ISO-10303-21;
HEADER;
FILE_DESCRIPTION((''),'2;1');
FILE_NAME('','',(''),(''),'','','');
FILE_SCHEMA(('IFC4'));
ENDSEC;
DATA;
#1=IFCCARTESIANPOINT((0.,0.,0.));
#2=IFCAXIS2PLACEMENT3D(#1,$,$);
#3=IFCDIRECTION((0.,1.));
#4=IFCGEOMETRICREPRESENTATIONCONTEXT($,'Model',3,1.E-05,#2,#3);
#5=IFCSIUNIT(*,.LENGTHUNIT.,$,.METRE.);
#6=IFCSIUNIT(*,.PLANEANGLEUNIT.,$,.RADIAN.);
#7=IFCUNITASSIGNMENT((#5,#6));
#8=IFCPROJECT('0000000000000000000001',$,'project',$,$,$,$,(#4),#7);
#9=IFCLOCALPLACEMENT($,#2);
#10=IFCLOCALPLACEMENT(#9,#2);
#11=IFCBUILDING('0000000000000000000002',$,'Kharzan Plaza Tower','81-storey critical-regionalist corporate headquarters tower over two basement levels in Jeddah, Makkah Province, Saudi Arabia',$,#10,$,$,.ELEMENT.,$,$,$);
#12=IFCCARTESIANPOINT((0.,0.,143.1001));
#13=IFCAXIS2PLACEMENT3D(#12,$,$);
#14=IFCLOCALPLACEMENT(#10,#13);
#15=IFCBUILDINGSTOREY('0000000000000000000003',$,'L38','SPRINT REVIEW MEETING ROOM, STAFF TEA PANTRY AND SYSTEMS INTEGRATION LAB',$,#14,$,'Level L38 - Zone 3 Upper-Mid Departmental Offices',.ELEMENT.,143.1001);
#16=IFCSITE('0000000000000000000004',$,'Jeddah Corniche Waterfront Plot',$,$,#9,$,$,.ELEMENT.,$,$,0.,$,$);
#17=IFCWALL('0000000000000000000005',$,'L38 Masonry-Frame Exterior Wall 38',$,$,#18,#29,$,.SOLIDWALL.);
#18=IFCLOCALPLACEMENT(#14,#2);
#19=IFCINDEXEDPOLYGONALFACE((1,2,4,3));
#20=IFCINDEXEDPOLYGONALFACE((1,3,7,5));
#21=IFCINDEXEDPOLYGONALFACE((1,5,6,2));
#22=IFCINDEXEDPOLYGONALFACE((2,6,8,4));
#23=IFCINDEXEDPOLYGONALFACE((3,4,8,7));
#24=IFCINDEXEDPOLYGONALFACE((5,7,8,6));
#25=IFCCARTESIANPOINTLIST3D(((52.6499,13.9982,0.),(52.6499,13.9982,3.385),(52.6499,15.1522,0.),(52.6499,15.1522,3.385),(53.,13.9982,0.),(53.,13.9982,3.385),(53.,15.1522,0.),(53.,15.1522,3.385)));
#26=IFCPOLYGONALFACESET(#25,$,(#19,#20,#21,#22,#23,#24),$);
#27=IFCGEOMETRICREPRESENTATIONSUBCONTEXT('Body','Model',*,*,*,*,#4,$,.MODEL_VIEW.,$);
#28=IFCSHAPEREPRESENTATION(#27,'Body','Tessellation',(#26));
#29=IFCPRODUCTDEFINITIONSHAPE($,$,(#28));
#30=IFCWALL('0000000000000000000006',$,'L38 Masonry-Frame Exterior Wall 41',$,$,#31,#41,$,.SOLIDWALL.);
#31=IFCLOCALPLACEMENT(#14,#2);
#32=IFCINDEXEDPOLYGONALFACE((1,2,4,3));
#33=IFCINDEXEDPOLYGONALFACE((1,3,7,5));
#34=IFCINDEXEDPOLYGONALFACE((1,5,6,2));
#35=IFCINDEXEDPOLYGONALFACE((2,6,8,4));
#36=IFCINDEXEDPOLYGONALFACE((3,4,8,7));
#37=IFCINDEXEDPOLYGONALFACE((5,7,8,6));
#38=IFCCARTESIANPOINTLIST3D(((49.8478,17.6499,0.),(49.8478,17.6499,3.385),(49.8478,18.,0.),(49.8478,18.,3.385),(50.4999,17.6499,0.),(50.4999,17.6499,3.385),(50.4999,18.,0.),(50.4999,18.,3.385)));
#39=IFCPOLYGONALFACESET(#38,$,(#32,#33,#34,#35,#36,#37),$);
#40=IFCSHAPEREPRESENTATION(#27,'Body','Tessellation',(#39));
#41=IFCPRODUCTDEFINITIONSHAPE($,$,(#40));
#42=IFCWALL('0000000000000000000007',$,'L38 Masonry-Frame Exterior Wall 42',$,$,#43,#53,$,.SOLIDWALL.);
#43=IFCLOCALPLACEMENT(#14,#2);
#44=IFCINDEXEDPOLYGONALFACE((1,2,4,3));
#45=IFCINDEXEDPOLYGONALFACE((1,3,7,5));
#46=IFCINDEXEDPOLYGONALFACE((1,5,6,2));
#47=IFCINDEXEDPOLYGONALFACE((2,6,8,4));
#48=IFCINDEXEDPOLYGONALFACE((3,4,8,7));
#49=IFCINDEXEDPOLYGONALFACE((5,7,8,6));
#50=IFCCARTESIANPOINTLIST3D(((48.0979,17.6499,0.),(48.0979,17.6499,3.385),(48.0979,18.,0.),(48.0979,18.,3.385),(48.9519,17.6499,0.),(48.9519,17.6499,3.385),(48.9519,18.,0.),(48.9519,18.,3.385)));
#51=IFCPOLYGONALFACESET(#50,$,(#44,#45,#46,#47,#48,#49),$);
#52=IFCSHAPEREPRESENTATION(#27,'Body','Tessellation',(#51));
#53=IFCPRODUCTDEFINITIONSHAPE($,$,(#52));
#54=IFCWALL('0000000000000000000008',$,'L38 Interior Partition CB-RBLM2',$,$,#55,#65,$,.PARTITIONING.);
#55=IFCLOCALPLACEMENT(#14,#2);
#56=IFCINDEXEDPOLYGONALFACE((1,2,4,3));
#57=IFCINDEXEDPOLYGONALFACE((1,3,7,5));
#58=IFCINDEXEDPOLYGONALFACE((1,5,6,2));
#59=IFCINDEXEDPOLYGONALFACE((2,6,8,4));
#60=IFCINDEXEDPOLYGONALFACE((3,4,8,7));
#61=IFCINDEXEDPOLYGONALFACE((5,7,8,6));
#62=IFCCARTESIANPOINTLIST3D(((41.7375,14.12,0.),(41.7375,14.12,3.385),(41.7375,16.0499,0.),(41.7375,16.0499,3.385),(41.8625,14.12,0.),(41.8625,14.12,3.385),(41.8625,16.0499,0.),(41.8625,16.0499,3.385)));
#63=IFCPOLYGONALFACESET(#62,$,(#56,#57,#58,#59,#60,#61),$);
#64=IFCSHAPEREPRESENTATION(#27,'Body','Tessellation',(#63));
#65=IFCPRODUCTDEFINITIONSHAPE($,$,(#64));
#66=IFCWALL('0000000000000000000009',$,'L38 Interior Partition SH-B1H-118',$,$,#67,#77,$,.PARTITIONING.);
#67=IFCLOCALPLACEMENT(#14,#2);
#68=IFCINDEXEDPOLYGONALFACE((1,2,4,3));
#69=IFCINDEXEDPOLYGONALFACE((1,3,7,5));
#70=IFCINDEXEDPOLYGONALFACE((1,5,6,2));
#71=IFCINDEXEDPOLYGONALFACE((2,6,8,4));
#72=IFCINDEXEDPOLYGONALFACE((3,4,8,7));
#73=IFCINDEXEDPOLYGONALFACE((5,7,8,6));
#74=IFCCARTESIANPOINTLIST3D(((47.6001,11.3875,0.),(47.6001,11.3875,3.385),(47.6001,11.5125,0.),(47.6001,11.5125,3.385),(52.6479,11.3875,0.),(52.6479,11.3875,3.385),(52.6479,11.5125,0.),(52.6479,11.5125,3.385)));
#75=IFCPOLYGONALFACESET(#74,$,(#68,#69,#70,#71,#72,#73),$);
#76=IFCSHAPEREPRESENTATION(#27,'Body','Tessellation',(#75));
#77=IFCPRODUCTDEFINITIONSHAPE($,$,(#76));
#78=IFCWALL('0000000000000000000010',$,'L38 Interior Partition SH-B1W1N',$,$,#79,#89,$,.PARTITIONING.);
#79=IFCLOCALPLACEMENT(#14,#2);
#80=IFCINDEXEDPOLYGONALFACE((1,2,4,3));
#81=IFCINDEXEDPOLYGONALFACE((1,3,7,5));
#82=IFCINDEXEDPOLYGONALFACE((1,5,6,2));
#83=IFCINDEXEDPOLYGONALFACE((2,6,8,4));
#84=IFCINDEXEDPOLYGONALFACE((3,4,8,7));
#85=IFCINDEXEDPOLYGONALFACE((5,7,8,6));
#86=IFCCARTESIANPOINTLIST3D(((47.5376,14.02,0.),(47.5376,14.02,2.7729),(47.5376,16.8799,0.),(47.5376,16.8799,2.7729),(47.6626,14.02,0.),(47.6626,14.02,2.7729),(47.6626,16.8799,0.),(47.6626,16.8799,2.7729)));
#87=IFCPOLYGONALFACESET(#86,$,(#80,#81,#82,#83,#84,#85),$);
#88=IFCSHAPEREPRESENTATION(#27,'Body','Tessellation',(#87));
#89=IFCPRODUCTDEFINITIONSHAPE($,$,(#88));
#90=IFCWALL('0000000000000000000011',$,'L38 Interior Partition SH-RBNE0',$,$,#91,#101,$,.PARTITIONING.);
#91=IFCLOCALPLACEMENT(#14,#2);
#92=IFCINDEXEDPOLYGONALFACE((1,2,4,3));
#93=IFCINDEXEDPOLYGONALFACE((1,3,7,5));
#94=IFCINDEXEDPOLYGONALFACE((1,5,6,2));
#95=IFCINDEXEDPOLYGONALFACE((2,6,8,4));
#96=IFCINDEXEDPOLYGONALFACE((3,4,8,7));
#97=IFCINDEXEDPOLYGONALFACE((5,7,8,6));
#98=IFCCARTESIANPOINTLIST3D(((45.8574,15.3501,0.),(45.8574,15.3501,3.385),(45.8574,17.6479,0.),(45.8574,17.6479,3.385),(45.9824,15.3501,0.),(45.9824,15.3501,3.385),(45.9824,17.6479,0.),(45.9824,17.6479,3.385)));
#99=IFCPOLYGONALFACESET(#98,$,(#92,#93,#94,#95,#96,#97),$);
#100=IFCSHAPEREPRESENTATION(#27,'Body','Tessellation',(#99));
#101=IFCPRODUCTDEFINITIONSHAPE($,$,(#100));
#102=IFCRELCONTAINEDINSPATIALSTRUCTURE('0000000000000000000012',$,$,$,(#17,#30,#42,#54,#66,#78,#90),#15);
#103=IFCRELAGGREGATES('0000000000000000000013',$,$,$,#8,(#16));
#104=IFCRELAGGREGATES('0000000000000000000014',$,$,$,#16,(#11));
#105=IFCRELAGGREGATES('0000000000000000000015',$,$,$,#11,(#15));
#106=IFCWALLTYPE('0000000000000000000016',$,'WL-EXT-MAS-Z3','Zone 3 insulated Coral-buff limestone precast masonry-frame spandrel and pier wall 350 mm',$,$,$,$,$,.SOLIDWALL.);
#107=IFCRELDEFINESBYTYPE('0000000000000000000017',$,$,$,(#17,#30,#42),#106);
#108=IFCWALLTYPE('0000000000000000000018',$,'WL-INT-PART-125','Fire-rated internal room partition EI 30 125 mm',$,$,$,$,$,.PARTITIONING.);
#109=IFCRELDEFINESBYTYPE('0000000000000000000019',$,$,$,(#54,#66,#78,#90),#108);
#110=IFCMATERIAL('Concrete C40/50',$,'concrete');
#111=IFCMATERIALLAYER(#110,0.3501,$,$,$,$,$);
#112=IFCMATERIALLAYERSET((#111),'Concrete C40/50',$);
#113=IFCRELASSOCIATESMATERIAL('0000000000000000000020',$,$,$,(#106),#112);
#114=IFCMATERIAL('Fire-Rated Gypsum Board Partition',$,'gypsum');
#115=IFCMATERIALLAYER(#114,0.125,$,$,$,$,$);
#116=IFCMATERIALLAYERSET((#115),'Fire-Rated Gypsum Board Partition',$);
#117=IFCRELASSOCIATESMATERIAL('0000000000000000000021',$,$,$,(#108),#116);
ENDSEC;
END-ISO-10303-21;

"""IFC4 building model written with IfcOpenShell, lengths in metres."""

from ifc_helpers import new_model, si_unit, direction, frame, frame_2d, origin, place, context, subcontext, project, spatial, rectangle, extrude, source, transform, mapped, material, layer, layer_set, type_object, element, save


model = new_model("IFC4")

# Units and contexts
model_context = context("Model", 3, precision=1e-05, world=origin(), true_north=direction((0.0, 1.0)))
body_context = subcontext(model_context, "Body", "Model", "MODEL_VIEW")
ifc_project = project(units=[si_unit("LENGTHUNIT", "METRE"), si_unit("PLANEANGLEUNIT", "RADIAN")], contexts=[model_context])

# Site, building, storey
site_placement = place(None, origin())
site = spatial("IfcSite", under=ifc_project, at=site_placement, Name="Jeddah Corniche Waterfront Plot", CompositionType="ELEMENT", RefElevation=0.0)
building_placement = place(site_placement, origin())
building = spatial("IfcBuilding", under=site, at=building_placement, Name="Kharzan Plaza Tower", Description="81-storey critical-regionalist corporate headquarters tower over two basement levels in Jeddah, Makkah Province, Saudi Arabia", CompositionType="ELEMENT")
storey_placement = place(building_placement, frame((0.0, 0.0, 143.1001)))
storey = spatial("IfcBuildingStorey", under=building, at=storey_placement, Name="L38", Description="SPRINT REVIEW MEETING ROOM, STAFF TEA PANTRY AND SYSTEMS INTEGRATION LAB", LongName="Level L38 - Zone 3 Upper-Mid Departmental Offices", CompositionType="ELEMENT", Elevation=143.1001)

# Shared definitions
ifc_material_1 = material(Name="Concrete C40/50", Category="concrete")
ifc_layer_1 = layer(ifc_material_1, 0.3501)
ifc_layer_set_1 = layer_set([ifc_layer_1], Name="Concrete C40/50")
wall_type_1 = type_object("IfcWallType", Name="WL-EXT-MAS-Z3", Description="Zone 3 insulated Coral-buff limestone precast masonry-frame spandrel and pier wall 350 mm", PredefinedType="SOLIDWALL", material=ifc_layer_set_1)

# Shared definitions
ifc_material_2 = material(Name="Fire-Rated Gypsum Board Partition", Category="gypsum")
ifc_layer_2 = layer(ifc_material_2, 0.125)
ifc_layer_set_2 = layer_set([ifc_layer_2], Name="Fire-Rated Gypsum Board Partition")
wall_type_2 = type_object("IfcWallType", Name="WL-INT-PART-125", Description="Fire-rated internal room partition EI 30 125 mm", PredefinedType="PARTITIONING", material=ifc_layer_set_2)

# Walls
shared_shape_1 = source(origin(), body_context, "Body", "SweptSolid", [
    extrude(rectangle(XDim=1.1541, YDim=0.3501, at=frame_2d((0.5771, 0.0))), origin(), (0.0, 0.0, 1.0), 3.385),
])
wall_1_placement = place(storey_placement, frame((52.825, 13.998, 0.0), z_axis=(0.0, 0.0, 1.0), x_axis=(0.0, 1.0, 0.0)))
element("IfcWall", 1, at=wall_1_placement, inside=storey, type_object=wall_type_1, Name="L38 Masonry-Frame Exterior Wall 38", PredefinedType="SOLIDWALL", context=body_context, shape_type="MappedRepresentation", body=[
    mapped(shared_shape_1, transform((0.0, 0.0, 0.0), x_axis=(1.0, 0.0, 0.0), y_axis=(0.0, 1.0, 0.0), z_axis=(0.0, 0.0, 1.0))),
])
shared_shape_2 = source(origin(), body_context, "Body", "SweptSolid", [
    extrude(rectangle(XDim=0.6521, YDim=0.3501, at=frame_2d((0.3262, 0.0))), origin(), (0.0, 0.0, 1.0), 3.385),
])
wall_2_placement = place(storey_placement, frame((50.5, 17.825, 0.0), z_axis=(0.0, 0.0, 1.0), x_axis=(-1.0, 0.0, 0.0)))
element("IfcWall", 2, at=wall_2_placement, inside=storey, type_object=wall_type_1, Name="L38 Masonry-Frame Exterior Wall 41", PredefinedType="SOLIDWALL", context=body_context, shape_type="MappedRepresentation", body=[
    mapped(shared_shape_2, transform((0.0, 0.0, 0.0), x_axis=(1.0, 0.0, 0.0), y_axis=(0.0, 1.0, 0.0), z_axis=(0.0, 0.0, 1.0))),
])
shared_shape_3 = source(origin(), body_context, "Body", "SweptSolid", [
    extrude(rectangle(XDim=0.854, YDim=0.3501, at=frame_2d((0.427, 0.0))), origin(), (0.0, 0.0, 1.0), 3.385),
])
wall_3_placement = place(storey_placement, frame((48.9519, 17.825, 0.0), z_axis=(0.0, 0.0, 1.0), x_axis=(-1.0, 0.0, 0.0)))
element("IfcWall", 3, at=wall_3_placement, inside=storey, type_object=wall_type_1, Name="L38 Masonry-Frame Exterior Wall 42", PredefinedType="SOLIDWALL", context=body_context, shape_type="MappedRepresentation", body=[
    mapped(shared_shape_3, transform((0.0, 0.0, 0.0), x_axis=(1.0, 0.0, 0.0), y_axis=(0.0, 1.0, 0.0), z_axis=(0.0, 0.0, 1.0))),
])
shared_shape_4 = source(origin(), body_context, "Body", "SweptSolid", [
    extrude(rectangle(XDim=1.9299, YDim=0.125, at=frame_2d((0.9648, 0.0))), origin(), (0.0, 0.0, 1.0), 3.385),
])
wall_4_placement = place(storey_placement, frame((41.8, 14.1201, 0.0), z_axis=(0.0, 0.0, 1.0), x_axis=(0.0, 1.0, 0.0)))
element("IfcWall", 4, at=wall_4_placement, inside=storey, type_object=wall_type_2, Name="L38 Interior Partition CB-RBLM2", PredefinedType="PARTITIONING", context=body_context, shape_type="MappedRepresentation", body=[
    mapped(shared_shape_4, transform((0.0, 0.0, 0.0), x_axis=(1.0, 0.0, 0.0), y_axis=(0.0, 1.0, 0.0), z_axis=(0.0, 0.0, 1.0))),
])
shared_shape_5 = source(origin(), body_context, "Body", "SweptSolid", [
    extrude(rectangle(XDim=5.0479, YDim=0.125, at=frame_2d((2.5239, 0.0))), origin(), (0.0, 0.0, 1.0), 3.385),
])
wall_5_placement = place(storey_placement, frame((47.6001, 11.45, 0.0), z_axis=(0.0, 0.0, 1.0), x_axis=(1.0, 0.0, 0.0)))
element("IfcWall", 5, at=wall_5_placement, inside=storey, type_object=wall_type_2, Name="L38 Interior Partition SH-B1H-118", PredefinedType="PARTITIONING", context=body_context, shape_type="MappedRepresentation", body=[
    mapped(shared_shape_5, transform((0.0, 0.0, 0.0), x_axis=(1.0, 0.0, 0.0), y_axis=(0.0, 1.0, 0.0), z_axis=(0.0, 0.0, 1.0))),
])
shared_shape_6 = source(origin(), body_context, "Body", "SweptSolid", [
    extrude(rectangle(XDim=2.8599, YDim=0.125, at=frame_2d((1.4299, 0.0))), origin(), (0.0, 0.0, 1.0), 2.7729),
])
wall_6_placement = place(storey_placement, frame((47.6001, 14.02, 0.0), z_axis=(0.0, 0.0, 1.0), x_axis=(0.0, 1.0, 0.0)))
element("IfcWall", 6, at=wall_6_placement, inside=storey, type_object=wall_type_2, Name="L38 Interior Partition SH-B1W1N", PredefinedType="PARTITIONING", context=body_context, shape_type="MappedRepresentation", body=[
    mapped(shared_shape_6, transform((0.0, 0.0, 0.0), x_axis=(1.0, 0.0, 0.0), y_axis=(0.0, 1.0, 0.0), z_axis=(0.0, 0.0, 1.0))),
])
shared_shape_7 = source(origin(), body_context, "Body", "SweptSolid", [
    extrude(rectangle(XDim=2.2979, YDim=0.125, at=frame_2d((1.1489, 0.0))), origin(), (0.0, 0.0, 1.0), 3.385),
])
wall_7_placement = place(storey_placement, frame((45.9199, 15.3501, 0.0), z_axis=(0.0, 0.0, 1.0), x_axis=(0.0, 1.0, 0.0)))
element("IfcWall", 7, at=wall_7_placement, inside=storey, type_object=wall_type_2, Name="L38 Interior Partition SH-RBNE0", PredefinedType="PARTITIONING", context=body_context, shape_type="MappedRepresentation", body=[
    mapped(shared_shape_7, transform((0.0, 0.0, 0.0), x_axis=(1.0, 0.0, 0.0), y_axis=(0.0, 1.0, 0.0), z_axis=(0.0, 0.0, 1.0))),
])

save(model, "model.ifc")
